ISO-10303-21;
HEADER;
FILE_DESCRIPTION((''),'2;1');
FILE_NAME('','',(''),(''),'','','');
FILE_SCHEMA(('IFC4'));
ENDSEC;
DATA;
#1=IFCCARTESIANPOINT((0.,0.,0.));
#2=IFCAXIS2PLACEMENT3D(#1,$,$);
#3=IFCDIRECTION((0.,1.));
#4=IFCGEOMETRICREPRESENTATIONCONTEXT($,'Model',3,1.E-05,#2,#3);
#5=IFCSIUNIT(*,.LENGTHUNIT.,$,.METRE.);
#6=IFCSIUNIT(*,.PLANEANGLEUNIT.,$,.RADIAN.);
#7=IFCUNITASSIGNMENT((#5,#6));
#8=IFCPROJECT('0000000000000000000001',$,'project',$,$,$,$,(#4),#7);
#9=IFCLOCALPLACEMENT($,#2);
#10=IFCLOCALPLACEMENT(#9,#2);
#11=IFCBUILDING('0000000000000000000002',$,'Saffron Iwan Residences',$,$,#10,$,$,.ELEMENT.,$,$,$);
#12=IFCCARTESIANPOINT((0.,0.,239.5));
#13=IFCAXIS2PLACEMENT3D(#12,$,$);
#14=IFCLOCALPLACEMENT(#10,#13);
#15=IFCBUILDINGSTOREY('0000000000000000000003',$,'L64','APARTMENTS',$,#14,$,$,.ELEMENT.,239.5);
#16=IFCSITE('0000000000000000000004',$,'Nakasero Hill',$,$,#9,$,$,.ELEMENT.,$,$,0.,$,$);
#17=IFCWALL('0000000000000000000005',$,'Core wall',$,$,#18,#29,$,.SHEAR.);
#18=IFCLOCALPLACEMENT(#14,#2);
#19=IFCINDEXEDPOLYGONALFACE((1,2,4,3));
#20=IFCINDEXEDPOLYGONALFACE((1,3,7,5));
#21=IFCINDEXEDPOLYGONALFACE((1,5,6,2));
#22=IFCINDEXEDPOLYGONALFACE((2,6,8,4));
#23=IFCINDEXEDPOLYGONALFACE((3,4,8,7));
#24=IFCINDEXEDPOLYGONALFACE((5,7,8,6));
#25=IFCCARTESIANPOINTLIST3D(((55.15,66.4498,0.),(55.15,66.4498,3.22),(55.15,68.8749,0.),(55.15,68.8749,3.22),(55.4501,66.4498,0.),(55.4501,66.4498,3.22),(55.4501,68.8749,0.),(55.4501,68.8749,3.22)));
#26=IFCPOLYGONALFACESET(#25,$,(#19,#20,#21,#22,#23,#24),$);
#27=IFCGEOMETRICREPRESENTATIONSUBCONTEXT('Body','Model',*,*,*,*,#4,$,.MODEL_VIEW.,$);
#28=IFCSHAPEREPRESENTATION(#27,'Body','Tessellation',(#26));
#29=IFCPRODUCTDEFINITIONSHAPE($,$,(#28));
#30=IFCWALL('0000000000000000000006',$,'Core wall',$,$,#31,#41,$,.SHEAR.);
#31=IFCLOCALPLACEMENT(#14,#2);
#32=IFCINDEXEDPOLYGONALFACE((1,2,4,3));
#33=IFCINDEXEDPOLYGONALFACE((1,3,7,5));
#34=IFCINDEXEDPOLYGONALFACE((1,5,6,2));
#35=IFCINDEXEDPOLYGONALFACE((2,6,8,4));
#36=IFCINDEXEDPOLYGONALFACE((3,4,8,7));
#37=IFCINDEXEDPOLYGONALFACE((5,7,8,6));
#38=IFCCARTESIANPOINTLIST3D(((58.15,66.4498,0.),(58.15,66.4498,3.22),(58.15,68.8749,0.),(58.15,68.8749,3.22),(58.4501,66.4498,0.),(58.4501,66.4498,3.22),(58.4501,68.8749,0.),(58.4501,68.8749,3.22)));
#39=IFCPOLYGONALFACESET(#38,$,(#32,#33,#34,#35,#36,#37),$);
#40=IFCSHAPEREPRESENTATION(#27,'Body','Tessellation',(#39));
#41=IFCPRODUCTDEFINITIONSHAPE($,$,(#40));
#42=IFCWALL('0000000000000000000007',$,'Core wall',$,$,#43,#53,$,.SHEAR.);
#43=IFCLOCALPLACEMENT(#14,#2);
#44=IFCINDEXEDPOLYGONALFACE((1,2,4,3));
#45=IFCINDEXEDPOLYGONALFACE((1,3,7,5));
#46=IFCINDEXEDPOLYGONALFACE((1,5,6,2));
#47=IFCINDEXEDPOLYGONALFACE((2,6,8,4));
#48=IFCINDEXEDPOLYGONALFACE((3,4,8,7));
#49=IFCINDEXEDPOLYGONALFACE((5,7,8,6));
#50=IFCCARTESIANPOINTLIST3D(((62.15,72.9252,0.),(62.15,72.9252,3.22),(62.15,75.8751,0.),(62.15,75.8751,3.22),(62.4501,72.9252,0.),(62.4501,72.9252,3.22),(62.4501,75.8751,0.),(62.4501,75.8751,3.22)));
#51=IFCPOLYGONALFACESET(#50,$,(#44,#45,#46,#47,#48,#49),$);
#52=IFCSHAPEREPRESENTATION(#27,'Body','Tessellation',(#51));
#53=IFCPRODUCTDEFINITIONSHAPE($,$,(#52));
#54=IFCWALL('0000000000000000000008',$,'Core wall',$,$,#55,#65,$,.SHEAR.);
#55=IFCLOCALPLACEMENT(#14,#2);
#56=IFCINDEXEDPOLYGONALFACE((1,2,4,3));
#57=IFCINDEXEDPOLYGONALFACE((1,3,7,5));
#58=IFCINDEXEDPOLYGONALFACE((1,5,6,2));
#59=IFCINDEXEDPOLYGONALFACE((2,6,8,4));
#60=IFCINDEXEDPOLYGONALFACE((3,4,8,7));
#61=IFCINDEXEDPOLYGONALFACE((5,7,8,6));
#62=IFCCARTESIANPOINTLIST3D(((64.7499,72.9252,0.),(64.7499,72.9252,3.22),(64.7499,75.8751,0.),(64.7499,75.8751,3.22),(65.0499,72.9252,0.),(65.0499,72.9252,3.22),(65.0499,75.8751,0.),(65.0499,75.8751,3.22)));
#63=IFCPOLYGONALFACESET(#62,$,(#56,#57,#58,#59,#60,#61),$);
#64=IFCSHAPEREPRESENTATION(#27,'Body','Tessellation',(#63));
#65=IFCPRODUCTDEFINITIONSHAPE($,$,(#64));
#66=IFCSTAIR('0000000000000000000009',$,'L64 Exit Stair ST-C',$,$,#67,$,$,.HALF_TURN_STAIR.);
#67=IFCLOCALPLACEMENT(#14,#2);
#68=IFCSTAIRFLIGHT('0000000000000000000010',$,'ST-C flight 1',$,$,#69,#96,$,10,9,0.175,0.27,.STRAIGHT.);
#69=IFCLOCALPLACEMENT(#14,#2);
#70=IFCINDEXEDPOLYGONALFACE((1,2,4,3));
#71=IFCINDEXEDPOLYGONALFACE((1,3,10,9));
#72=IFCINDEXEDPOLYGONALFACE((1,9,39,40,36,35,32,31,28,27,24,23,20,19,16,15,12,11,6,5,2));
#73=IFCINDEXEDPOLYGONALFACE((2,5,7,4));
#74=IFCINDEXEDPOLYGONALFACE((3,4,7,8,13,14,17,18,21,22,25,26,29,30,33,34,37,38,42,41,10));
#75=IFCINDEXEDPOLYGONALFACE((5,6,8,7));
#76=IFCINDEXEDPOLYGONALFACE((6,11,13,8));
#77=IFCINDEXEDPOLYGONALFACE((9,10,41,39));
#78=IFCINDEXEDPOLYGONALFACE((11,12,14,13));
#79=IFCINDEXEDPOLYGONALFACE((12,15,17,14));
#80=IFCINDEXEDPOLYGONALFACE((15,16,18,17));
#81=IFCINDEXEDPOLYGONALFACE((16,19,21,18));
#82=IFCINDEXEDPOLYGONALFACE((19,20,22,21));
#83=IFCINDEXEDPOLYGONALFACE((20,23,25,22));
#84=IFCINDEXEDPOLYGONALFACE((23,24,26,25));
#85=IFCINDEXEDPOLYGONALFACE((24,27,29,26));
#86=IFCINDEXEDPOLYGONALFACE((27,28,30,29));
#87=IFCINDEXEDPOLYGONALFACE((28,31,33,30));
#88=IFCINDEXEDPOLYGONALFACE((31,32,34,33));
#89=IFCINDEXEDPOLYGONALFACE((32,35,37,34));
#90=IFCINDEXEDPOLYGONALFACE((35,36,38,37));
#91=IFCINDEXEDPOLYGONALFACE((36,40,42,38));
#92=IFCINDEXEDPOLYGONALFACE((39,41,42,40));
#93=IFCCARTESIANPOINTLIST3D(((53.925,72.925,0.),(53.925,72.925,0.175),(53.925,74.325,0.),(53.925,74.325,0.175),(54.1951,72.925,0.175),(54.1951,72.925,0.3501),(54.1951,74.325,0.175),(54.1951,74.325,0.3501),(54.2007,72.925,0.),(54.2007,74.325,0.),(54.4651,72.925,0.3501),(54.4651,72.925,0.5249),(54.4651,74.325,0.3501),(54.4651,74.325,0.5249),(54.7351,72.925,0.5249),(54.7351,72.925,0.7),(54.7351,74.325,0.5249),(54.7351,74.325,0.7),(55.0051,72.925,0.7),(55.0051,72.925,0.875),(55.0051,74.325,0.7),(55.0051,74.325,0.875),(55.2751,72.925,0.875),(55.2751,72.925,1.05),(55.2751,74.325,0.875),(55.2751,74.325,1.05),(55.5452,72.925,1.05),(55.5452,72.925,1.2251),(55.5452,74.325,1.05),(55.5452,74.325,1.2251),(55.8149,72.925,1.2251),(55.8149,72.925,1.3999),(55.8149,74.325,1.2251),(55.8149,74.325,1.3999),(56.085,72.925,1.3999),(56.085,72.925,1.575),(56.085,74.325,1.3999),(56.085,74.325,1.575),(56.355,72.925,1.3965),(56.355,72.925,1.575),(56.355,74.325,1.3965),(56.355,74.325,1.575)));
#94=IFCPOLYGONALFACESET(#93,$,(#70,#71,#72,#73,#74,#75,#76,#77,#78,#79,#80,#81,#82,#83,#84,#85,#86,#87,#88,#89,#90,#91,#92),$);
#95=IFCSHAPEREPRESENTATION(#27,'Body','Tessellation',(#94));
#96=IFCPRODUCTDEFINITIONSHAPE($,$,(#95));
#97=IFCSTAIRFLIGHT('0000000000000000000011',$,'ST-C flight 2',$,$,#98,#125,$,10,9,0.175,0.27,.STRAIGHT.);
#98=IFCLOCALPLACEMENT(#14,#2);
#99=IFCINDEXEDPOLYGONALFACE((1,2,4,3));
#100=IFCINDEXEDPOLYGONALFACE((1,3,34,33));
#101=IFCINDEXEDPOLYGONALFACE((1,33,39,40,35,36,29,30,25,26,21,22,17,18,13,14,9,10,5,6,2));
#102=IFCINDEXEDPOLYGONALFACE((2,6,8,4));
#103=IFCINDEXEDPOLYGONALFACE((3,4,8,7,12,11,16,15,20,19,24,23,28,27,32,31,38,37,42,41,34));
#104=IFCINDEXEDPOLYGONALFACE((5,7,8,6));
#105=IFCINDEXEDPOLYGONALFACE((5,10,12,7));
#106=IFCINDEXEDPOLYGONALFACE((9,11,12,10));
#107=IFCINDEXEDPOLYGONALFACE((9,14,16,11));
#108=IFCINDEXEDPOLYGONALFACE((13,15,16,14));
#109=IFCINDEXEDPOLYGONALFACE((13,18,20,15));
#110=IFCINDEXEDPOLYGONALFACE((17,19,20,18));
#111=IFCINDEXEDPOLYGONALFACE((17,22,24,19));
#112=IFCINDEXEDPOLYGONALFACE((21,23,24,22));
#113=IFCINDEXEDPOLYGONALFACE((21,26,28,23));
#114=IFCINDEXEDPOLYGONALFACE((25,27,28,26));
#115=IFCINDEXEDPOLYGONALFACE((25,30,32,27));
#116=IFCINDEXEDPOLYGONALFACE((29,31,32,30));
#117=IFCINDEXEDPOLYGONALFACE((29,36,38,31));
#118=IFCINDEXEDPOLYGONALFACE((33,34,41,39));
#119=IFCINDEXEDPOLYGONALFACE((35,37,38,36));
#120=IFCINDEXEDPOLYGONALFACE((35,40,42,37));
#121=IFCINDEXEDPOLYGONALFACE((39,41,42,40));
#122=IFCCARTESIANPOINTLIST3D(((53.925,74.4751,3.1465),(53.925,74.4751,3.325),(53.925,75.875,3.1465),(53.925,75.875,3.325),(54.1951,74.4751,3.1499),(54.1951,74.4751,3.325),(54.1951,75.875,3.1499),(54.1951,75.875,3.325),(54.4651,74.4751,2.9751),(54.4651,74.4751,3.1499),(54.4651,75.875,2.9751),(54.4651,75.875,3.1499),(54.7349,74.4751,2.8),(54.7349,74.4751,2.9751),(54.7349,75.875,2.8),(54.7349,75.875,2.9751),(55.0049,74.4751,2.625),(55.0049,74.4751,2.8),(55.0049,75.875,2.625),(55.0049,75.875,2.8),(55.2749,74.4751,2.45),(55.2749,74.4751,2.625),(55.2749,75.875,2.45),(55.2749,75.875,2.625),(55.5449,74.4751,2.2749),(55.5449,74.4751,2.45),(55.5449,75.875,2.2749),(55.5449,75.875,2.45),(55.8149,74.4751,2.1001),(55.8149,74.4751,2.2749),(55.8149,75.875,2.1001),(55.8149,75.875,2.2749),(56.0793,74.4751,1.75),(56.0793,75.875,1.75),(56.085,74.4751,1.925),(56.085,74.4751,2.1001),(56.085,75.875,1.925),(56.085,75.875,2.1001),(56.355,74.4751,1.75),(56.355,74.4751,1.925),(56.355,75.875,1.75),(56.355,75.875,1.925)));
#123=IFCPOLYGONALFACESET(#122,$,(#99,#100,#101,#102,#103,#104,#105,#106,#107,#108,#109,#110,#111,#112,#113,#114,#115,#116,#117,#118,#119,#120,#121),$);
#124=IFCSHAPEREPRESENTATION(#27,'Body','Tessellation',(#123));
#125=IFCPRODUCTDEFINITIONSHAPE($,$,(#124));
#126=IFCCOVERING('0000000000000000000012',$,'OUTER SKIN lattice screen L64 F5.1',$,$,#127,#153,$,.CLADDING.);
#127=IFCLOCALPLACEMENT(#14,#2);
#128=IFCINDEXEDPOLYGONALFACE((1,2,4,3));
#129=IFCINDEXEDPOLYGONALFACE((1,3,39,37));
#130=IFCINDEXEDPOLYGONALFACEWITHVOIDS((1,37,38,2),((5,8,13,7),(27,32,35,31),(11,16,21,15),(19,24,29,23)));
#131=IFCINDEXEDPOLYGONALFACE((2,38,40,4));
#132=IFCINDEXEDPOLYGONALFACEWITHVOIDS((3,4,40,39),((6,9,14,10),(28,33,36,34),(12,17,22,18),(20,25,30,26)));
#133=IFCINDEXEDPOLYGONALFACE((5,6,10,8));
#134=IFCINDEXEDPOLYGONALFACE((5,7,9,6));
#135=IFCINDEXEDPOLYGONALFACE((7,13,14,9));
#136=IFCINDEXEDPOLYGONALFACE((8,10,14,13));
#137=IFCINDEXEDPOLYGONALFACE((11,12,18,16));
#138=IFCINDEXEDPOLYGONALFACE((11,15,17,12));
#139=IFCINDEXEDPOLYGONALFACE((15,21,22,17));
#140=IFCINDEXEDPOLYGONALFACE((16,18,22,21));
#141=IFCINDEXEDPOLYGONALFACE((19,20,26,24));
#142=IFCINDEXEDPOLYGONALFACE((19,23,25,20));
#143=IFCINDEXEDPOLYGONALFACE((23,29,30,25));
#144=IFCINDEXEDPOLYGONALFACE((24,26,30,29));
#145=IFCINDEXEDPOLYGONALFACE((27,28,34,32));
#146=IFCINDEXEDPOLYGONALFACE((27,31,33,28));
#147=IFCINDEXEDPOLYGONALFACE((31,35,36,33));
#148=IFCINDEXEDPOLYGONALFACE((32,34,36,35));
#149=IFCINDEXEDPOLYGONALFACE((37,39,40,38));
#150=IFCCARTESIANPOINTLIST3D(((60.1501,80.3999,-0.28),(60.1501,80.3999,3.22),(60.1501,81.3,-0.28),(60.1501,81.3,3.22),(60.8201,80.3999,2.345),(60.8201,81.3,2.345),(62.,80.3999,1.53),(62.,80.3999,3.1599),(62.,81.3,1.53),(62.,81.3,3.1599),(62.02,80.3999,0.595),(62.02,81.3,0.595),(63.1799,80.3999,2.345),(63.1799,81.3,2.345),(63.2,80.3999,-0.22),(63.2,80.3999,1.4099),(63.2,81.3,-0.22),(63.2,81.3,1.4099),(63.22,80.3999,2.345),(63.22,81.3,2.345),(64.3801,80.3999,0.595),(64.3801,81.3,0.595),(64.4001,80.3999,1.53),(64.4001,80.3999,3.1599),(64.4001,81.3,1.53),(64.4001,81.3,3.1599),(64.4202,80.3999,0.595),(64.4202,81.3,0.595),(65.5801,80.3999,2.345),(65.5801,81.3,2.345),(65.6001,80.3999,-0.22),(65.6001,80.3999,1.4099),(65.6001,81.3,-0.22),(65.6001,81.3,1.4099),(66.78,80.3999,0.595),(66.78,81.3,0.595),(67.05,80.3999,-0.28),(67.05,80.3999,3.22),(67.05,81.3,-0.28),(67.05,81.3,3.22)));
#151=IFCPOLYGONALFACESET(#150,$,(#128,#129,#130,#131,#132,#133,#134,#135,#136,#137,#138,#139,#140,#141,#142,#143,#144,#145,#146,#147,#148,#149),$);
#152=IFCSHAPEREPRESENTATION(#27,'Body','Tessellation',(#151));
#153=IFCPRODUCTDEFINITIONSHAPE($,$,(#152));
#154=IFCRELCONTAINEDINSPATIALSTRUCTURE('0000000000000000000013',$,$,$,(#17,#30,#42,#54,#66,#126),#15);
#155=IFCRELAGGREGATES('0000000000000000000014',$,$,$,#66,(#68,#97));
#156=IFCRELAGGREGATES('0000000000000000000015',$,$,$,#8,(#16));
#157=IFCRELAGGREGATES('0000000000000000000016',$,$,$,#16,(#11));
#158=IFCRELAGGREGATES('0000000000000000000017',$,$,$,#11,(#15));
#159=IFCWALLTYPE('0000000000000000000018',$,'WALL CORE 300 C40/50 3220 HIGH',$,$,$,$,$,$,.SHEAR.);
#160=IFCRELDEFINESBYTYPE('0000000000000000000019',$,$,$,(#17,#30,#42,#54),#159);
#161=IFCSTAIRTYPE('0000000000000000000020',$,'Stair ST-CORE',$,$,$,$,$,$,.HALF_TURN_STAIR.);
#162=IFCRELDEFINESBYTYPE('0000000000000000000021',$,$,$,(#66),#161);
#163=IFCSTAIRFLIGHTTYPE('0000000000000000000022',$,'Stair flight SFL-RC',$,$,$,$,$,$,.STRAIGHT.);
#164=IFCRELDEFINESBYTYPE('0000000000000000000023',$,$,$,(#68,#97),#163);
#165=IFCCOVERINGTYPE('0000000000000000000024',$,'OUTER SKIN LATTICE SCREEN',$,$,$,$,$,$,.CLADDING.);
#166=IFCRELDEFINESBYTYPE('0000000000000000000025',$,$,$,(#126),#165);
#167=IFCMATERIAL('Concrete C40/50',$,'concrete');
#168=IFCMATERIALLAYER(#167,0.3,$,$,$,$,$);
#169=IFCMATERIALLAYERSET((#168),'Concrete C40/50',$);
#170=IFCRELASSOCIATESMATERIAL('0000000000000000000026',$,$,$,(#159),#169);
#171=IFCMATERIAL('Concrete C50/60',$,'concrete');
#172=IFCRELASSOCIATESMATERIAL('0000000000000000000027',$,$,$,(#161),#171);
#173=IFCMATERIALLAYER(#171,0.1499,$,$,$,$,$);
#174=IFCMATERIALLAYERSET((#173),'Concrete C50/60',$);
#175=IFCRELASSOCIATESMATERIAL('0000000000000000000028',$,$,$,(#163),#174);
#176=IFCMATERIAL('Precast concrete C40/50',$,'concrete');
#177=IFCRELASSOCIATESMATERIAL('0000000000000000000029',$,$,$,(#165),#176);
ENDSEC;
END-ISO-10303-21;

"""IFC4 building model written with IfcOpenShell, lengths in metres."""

from ifc_helpers import new_model, si_unit, direction, frame, frame_2d, origin, place, context, subcontext, project, spatial, polyline, rectangle, outline, extrude, material, layer, layer_set, type_object, element, aggregate, save


model = new_model("IFC4")

# Units and contexts
model_context = context("Model", 3, precision=1e-05, world=origin(), true_north=direction((0.0, 1.0)))
body_context = subcontext(model_context, "Body", "Model", "MODEL_VIEW")
ifc_project = project(units=[si_unit("LENGTHUNIT", "METRE"), si_unit("PLANEANGLEUNIT", "RADIAN")], contexts=[model_context])

# Site, building, storey
site_placement = place(None, origin())
site = spatial("IfcSite", under=ifc_project, at=site_placement, Name="Nakasero Hill", CompositionType="ELEMENT", RefElevation=0.0)
building_placement = place(site_placement, origin())
building = spatial("IfcBuilding", under=site, at=building_placement, Name="Saffron Iwan Residences", CompositionType="ELEMENT")
storey_placement = place(building_placement, frame((0.0, 0.0, 239.5)))
storey = spatial("IfcBuildingStorey", under=building, at=storey_placement, Name="L64", Description="APARTMENTS", CompositionType="ELEMENT", Elevation=239.5)

# Shared definitions
ifc_material_1 = material(Name="Concrete C40/50", Category="concrete")

# Shared definitions
ifc_layer_1 = layer(ifc_material_1, 0.3)
ifc_layer_set_1 = layer_set([ifc_layer_1], Name="Concrete C40/50")
wall_type_1 = type_object("IfcWallType", Name="WALL CORE 300 C40/50 3220 HIGH", PredefinedType="SHEAR", material=ifc_layer_set_1)

# Walls
for number, where, z_axis, x_axis, name in (
    (1, (55.3, 66.45, 0.0), (0.0, 0.0, 1.0), (0.0, 1.0, 0.0), "Core wall"),
    (2, (58.3, 66.45, 0.0), (0.0, 0.0, 1.0), (0.0, 1.0, 0.0), "Core wall"),
):
    element("IfcWall", number, at=place(storey_placement, frame(where, z_axis=z_axis, x_axis=x_axis)), inside=storey, type_object=wall_type_1, Name=name, PredefinedType="SHEAR", context=body_context, shape_type="SweptSolid", body=[
        extrude(rectangle(XDim=2.425, YDim=0.3, at=frame_2d((1.2124, 0.0))), origin(), (0.0, 0.0, 1.0), 3.22),
    ])
for number, where, z_axis, x_axis, name in (
    (3, (62.3, 72.925, 0.0), (0.0, 0.0, 1.0), (0.0, 1.0, 0.0), "Core wall"),
    (4, (64.8999, 72.925, 0.0), (0.0, 0.0, 1.0), (0.0, 1.0, 0.0), "Core wall"),
):
    element("IfcWall", number, at=place(storey_placement, frame(where, z_axis=z_axis, x_axis=x_axis)), inside=storey, type_object=wall_type_1, Name=name, PredefinedType="SHEAR", context=body_context, shape_type="SweptSolid", body=[
        extrude(rectangle(XDim=2.95, YDim=0.3, at=frame_2d((1.4751, 0.0))), origin(), (0.0, 0.0, 1.0), 3.22),
    ])

# Stair, stair flights
ifc_material_2 = material(Name="Concrete C50/60", Category="concrete")
stair_type = type_object("IfcStairType", Name="Stair ST-CORE", PredefinedType="HALF_TURN_STAIR", material=ifc_material_2)
stair_placement = place(storey_placement, origin())
stair = element("IfcStair", 5, at=stair_placement, inside=storey, type_object=stair_type, Name="L64 Exit Stair ST-C", PredefinedType="HALF_TURN_STAIR")
ifc_layer_2 = layer(ifc_material_2, 0.1499)
ifc_layer_set_2 = layer_set([ifc_layer_2], Name="Concrete C50/60")
stair_flight_type = type_object("IfcStairFlightType", Name="Stair flight SFL-RC", PredefinedType="STRAIGHT", material=ifc_layer_set_2)
stair_flight_1_placement = place(storey_placement, frame((53.925, 73.625, 0.0), z_axis=(0.0, 0.0, 1.0), x_axis=(1.0, 0.0, 0.0)))
stair_flight_1 = element("IfcStairFlight", 6, at=stair_flight_1_placement, type_object=stair_flight_type, Name="ST-C flight 1", NumberOfRisers=10, NumberOfTreads=9, PredefinedType="STRAIGHT", RiserHeight=0.175, TreadLength=0.27, context=body_context, shape_type="SweptSolid", body=[
    extrude(outline(polyline([(0.0, 0.0), (0.0, 0.175), (0.27, 0.175), (0.27, 0.3501), (0.54, 0.3501), (0.54, 0.5249), (0.8101, 0.5249), (0.8101, 0.7), (1.0801, 0.7), (1.0801, 0.875), (1.3501, 0.875), (1.3501, 1.05), (1.6201, 1.05), (1.6201, 1.2251), (1.8899, 1.2251), (1.8899, 1.3999), (2.1599, 1.3999), (2.1599, 1.575), (2.4299, 1.575), (2.4299, 1.75), (2.4299, 1.3965), (0.2756, 0.0), (0.0, 0.0)])), frame((0.0, 0.7, 0.0), z_axis=(0.0, -1.0, 0.0), x_axis=(1.0, 0.0, 0.0)), (0.0, 0.0, 1.0), 1.3999),
])
stair_flight_2_placement = place(storey_placement, frame((56.355, 75.175, 1.75), z_axis=(0.0, 0.0, 1.0), x_axis=(-1.0, 0.0, 0.0)))
stair_flight_2 = element("IfcStairFlight", 7, at=stair_flight_2_placement, type_object=stair_flight_type, Name="ST-C flight 2", NumberOfRisers=10, NumberOfTreads=9, PredefinedType="STRAIGHT", RiserHeight=0.175, TreadLength=0.27, context=body_context, shape_type="SweptSolid", body=[
    extrude(outline(polyline([(0.0, 0.0), (0.0, 0.175), (0.27, 0.175), (0.27, 0.3501), (0.54, 0.3501), (0.54, 0.5249), (0.8101, 0.5249), (0.8101, 0.7), (1.0801, 0.7), (1.0801, 0.875), (1.3501, 0.875), (1.3501, 1.05), (1.6201, 1.05), (1.6201, 1.2251), (1.8899, 1.2251), (1.8899, 1.3999), (2.1599, 1.3999), (2.1599, 1.575), (2.4299, 1.575), (2.4299, 1.75), (2.4299, 1.3965), (0.2756, 0.0), (0.0, 0.0)])), frame((0.0, 0.7, 0.0), z_axis=(0.0, -1.0, 0.0), x_axis=(1.0, 0.0, 0.0)), (0.0, 0.0, 1.0), 1.3999),
])
aggregate(stair, [stair_flight_1, stair_flight_2])

# Covering
ifc_material_3 = material(Name="Precast concrete C40/50", Category="concrete")
covering_type_1 = type_object("IfcCoveringType", Name="OUTER SKIN LATTICE SCREEN", PredefinedType="CLADDING", material=ifc_material_3)
covering_1_placement = place(storey_placement, frame((67.05, 80.3999, -0.28), z_axis=(0.0, 1.0, 0.0), x_axis=(-1.0, 0.0, 0.0)))
element("IfcCovering", 8, at=covering_1_placement, inside=storey, type_object=covering_type_1, Name="OUTER SKIN lattice screen L64 F5.1", PredefinedType="CLADDING", context=body_context, shape_type="SweptSolid", body=[
    extrude(outline(polyline([(0.0, 0.0), (6.8999, 0.0), (6.8999, 3.5), (0.0, 3.5), (0.0, 0.0)]), holes=[polyline([(0.27, 0.875), (1.45, 0.0601), (2.6299, 0.875), (1.45, 1.6899), (0.27, 0.875)]), polyline([(2.6699, 0.875), (3.8501, 0.0601), (5.03, 0.875), (3.8501, 1.6899), (2.6699, 0.875)]), polyline([(1.47, 2.625), (2.6499, 1.8101), (3.8301, 2.625), (2.6499, 3.4399), (1.47, 2.625)]), polyline([(3.8701, 2.625), (5.05, 1.8101), (6.23, 2.625), (5.05, 3.4399), (3.8701, 2.625)])]), origin(), (0.0, 0.0, 1.0), 0.9001),
])

save(model, "model.ifc")
